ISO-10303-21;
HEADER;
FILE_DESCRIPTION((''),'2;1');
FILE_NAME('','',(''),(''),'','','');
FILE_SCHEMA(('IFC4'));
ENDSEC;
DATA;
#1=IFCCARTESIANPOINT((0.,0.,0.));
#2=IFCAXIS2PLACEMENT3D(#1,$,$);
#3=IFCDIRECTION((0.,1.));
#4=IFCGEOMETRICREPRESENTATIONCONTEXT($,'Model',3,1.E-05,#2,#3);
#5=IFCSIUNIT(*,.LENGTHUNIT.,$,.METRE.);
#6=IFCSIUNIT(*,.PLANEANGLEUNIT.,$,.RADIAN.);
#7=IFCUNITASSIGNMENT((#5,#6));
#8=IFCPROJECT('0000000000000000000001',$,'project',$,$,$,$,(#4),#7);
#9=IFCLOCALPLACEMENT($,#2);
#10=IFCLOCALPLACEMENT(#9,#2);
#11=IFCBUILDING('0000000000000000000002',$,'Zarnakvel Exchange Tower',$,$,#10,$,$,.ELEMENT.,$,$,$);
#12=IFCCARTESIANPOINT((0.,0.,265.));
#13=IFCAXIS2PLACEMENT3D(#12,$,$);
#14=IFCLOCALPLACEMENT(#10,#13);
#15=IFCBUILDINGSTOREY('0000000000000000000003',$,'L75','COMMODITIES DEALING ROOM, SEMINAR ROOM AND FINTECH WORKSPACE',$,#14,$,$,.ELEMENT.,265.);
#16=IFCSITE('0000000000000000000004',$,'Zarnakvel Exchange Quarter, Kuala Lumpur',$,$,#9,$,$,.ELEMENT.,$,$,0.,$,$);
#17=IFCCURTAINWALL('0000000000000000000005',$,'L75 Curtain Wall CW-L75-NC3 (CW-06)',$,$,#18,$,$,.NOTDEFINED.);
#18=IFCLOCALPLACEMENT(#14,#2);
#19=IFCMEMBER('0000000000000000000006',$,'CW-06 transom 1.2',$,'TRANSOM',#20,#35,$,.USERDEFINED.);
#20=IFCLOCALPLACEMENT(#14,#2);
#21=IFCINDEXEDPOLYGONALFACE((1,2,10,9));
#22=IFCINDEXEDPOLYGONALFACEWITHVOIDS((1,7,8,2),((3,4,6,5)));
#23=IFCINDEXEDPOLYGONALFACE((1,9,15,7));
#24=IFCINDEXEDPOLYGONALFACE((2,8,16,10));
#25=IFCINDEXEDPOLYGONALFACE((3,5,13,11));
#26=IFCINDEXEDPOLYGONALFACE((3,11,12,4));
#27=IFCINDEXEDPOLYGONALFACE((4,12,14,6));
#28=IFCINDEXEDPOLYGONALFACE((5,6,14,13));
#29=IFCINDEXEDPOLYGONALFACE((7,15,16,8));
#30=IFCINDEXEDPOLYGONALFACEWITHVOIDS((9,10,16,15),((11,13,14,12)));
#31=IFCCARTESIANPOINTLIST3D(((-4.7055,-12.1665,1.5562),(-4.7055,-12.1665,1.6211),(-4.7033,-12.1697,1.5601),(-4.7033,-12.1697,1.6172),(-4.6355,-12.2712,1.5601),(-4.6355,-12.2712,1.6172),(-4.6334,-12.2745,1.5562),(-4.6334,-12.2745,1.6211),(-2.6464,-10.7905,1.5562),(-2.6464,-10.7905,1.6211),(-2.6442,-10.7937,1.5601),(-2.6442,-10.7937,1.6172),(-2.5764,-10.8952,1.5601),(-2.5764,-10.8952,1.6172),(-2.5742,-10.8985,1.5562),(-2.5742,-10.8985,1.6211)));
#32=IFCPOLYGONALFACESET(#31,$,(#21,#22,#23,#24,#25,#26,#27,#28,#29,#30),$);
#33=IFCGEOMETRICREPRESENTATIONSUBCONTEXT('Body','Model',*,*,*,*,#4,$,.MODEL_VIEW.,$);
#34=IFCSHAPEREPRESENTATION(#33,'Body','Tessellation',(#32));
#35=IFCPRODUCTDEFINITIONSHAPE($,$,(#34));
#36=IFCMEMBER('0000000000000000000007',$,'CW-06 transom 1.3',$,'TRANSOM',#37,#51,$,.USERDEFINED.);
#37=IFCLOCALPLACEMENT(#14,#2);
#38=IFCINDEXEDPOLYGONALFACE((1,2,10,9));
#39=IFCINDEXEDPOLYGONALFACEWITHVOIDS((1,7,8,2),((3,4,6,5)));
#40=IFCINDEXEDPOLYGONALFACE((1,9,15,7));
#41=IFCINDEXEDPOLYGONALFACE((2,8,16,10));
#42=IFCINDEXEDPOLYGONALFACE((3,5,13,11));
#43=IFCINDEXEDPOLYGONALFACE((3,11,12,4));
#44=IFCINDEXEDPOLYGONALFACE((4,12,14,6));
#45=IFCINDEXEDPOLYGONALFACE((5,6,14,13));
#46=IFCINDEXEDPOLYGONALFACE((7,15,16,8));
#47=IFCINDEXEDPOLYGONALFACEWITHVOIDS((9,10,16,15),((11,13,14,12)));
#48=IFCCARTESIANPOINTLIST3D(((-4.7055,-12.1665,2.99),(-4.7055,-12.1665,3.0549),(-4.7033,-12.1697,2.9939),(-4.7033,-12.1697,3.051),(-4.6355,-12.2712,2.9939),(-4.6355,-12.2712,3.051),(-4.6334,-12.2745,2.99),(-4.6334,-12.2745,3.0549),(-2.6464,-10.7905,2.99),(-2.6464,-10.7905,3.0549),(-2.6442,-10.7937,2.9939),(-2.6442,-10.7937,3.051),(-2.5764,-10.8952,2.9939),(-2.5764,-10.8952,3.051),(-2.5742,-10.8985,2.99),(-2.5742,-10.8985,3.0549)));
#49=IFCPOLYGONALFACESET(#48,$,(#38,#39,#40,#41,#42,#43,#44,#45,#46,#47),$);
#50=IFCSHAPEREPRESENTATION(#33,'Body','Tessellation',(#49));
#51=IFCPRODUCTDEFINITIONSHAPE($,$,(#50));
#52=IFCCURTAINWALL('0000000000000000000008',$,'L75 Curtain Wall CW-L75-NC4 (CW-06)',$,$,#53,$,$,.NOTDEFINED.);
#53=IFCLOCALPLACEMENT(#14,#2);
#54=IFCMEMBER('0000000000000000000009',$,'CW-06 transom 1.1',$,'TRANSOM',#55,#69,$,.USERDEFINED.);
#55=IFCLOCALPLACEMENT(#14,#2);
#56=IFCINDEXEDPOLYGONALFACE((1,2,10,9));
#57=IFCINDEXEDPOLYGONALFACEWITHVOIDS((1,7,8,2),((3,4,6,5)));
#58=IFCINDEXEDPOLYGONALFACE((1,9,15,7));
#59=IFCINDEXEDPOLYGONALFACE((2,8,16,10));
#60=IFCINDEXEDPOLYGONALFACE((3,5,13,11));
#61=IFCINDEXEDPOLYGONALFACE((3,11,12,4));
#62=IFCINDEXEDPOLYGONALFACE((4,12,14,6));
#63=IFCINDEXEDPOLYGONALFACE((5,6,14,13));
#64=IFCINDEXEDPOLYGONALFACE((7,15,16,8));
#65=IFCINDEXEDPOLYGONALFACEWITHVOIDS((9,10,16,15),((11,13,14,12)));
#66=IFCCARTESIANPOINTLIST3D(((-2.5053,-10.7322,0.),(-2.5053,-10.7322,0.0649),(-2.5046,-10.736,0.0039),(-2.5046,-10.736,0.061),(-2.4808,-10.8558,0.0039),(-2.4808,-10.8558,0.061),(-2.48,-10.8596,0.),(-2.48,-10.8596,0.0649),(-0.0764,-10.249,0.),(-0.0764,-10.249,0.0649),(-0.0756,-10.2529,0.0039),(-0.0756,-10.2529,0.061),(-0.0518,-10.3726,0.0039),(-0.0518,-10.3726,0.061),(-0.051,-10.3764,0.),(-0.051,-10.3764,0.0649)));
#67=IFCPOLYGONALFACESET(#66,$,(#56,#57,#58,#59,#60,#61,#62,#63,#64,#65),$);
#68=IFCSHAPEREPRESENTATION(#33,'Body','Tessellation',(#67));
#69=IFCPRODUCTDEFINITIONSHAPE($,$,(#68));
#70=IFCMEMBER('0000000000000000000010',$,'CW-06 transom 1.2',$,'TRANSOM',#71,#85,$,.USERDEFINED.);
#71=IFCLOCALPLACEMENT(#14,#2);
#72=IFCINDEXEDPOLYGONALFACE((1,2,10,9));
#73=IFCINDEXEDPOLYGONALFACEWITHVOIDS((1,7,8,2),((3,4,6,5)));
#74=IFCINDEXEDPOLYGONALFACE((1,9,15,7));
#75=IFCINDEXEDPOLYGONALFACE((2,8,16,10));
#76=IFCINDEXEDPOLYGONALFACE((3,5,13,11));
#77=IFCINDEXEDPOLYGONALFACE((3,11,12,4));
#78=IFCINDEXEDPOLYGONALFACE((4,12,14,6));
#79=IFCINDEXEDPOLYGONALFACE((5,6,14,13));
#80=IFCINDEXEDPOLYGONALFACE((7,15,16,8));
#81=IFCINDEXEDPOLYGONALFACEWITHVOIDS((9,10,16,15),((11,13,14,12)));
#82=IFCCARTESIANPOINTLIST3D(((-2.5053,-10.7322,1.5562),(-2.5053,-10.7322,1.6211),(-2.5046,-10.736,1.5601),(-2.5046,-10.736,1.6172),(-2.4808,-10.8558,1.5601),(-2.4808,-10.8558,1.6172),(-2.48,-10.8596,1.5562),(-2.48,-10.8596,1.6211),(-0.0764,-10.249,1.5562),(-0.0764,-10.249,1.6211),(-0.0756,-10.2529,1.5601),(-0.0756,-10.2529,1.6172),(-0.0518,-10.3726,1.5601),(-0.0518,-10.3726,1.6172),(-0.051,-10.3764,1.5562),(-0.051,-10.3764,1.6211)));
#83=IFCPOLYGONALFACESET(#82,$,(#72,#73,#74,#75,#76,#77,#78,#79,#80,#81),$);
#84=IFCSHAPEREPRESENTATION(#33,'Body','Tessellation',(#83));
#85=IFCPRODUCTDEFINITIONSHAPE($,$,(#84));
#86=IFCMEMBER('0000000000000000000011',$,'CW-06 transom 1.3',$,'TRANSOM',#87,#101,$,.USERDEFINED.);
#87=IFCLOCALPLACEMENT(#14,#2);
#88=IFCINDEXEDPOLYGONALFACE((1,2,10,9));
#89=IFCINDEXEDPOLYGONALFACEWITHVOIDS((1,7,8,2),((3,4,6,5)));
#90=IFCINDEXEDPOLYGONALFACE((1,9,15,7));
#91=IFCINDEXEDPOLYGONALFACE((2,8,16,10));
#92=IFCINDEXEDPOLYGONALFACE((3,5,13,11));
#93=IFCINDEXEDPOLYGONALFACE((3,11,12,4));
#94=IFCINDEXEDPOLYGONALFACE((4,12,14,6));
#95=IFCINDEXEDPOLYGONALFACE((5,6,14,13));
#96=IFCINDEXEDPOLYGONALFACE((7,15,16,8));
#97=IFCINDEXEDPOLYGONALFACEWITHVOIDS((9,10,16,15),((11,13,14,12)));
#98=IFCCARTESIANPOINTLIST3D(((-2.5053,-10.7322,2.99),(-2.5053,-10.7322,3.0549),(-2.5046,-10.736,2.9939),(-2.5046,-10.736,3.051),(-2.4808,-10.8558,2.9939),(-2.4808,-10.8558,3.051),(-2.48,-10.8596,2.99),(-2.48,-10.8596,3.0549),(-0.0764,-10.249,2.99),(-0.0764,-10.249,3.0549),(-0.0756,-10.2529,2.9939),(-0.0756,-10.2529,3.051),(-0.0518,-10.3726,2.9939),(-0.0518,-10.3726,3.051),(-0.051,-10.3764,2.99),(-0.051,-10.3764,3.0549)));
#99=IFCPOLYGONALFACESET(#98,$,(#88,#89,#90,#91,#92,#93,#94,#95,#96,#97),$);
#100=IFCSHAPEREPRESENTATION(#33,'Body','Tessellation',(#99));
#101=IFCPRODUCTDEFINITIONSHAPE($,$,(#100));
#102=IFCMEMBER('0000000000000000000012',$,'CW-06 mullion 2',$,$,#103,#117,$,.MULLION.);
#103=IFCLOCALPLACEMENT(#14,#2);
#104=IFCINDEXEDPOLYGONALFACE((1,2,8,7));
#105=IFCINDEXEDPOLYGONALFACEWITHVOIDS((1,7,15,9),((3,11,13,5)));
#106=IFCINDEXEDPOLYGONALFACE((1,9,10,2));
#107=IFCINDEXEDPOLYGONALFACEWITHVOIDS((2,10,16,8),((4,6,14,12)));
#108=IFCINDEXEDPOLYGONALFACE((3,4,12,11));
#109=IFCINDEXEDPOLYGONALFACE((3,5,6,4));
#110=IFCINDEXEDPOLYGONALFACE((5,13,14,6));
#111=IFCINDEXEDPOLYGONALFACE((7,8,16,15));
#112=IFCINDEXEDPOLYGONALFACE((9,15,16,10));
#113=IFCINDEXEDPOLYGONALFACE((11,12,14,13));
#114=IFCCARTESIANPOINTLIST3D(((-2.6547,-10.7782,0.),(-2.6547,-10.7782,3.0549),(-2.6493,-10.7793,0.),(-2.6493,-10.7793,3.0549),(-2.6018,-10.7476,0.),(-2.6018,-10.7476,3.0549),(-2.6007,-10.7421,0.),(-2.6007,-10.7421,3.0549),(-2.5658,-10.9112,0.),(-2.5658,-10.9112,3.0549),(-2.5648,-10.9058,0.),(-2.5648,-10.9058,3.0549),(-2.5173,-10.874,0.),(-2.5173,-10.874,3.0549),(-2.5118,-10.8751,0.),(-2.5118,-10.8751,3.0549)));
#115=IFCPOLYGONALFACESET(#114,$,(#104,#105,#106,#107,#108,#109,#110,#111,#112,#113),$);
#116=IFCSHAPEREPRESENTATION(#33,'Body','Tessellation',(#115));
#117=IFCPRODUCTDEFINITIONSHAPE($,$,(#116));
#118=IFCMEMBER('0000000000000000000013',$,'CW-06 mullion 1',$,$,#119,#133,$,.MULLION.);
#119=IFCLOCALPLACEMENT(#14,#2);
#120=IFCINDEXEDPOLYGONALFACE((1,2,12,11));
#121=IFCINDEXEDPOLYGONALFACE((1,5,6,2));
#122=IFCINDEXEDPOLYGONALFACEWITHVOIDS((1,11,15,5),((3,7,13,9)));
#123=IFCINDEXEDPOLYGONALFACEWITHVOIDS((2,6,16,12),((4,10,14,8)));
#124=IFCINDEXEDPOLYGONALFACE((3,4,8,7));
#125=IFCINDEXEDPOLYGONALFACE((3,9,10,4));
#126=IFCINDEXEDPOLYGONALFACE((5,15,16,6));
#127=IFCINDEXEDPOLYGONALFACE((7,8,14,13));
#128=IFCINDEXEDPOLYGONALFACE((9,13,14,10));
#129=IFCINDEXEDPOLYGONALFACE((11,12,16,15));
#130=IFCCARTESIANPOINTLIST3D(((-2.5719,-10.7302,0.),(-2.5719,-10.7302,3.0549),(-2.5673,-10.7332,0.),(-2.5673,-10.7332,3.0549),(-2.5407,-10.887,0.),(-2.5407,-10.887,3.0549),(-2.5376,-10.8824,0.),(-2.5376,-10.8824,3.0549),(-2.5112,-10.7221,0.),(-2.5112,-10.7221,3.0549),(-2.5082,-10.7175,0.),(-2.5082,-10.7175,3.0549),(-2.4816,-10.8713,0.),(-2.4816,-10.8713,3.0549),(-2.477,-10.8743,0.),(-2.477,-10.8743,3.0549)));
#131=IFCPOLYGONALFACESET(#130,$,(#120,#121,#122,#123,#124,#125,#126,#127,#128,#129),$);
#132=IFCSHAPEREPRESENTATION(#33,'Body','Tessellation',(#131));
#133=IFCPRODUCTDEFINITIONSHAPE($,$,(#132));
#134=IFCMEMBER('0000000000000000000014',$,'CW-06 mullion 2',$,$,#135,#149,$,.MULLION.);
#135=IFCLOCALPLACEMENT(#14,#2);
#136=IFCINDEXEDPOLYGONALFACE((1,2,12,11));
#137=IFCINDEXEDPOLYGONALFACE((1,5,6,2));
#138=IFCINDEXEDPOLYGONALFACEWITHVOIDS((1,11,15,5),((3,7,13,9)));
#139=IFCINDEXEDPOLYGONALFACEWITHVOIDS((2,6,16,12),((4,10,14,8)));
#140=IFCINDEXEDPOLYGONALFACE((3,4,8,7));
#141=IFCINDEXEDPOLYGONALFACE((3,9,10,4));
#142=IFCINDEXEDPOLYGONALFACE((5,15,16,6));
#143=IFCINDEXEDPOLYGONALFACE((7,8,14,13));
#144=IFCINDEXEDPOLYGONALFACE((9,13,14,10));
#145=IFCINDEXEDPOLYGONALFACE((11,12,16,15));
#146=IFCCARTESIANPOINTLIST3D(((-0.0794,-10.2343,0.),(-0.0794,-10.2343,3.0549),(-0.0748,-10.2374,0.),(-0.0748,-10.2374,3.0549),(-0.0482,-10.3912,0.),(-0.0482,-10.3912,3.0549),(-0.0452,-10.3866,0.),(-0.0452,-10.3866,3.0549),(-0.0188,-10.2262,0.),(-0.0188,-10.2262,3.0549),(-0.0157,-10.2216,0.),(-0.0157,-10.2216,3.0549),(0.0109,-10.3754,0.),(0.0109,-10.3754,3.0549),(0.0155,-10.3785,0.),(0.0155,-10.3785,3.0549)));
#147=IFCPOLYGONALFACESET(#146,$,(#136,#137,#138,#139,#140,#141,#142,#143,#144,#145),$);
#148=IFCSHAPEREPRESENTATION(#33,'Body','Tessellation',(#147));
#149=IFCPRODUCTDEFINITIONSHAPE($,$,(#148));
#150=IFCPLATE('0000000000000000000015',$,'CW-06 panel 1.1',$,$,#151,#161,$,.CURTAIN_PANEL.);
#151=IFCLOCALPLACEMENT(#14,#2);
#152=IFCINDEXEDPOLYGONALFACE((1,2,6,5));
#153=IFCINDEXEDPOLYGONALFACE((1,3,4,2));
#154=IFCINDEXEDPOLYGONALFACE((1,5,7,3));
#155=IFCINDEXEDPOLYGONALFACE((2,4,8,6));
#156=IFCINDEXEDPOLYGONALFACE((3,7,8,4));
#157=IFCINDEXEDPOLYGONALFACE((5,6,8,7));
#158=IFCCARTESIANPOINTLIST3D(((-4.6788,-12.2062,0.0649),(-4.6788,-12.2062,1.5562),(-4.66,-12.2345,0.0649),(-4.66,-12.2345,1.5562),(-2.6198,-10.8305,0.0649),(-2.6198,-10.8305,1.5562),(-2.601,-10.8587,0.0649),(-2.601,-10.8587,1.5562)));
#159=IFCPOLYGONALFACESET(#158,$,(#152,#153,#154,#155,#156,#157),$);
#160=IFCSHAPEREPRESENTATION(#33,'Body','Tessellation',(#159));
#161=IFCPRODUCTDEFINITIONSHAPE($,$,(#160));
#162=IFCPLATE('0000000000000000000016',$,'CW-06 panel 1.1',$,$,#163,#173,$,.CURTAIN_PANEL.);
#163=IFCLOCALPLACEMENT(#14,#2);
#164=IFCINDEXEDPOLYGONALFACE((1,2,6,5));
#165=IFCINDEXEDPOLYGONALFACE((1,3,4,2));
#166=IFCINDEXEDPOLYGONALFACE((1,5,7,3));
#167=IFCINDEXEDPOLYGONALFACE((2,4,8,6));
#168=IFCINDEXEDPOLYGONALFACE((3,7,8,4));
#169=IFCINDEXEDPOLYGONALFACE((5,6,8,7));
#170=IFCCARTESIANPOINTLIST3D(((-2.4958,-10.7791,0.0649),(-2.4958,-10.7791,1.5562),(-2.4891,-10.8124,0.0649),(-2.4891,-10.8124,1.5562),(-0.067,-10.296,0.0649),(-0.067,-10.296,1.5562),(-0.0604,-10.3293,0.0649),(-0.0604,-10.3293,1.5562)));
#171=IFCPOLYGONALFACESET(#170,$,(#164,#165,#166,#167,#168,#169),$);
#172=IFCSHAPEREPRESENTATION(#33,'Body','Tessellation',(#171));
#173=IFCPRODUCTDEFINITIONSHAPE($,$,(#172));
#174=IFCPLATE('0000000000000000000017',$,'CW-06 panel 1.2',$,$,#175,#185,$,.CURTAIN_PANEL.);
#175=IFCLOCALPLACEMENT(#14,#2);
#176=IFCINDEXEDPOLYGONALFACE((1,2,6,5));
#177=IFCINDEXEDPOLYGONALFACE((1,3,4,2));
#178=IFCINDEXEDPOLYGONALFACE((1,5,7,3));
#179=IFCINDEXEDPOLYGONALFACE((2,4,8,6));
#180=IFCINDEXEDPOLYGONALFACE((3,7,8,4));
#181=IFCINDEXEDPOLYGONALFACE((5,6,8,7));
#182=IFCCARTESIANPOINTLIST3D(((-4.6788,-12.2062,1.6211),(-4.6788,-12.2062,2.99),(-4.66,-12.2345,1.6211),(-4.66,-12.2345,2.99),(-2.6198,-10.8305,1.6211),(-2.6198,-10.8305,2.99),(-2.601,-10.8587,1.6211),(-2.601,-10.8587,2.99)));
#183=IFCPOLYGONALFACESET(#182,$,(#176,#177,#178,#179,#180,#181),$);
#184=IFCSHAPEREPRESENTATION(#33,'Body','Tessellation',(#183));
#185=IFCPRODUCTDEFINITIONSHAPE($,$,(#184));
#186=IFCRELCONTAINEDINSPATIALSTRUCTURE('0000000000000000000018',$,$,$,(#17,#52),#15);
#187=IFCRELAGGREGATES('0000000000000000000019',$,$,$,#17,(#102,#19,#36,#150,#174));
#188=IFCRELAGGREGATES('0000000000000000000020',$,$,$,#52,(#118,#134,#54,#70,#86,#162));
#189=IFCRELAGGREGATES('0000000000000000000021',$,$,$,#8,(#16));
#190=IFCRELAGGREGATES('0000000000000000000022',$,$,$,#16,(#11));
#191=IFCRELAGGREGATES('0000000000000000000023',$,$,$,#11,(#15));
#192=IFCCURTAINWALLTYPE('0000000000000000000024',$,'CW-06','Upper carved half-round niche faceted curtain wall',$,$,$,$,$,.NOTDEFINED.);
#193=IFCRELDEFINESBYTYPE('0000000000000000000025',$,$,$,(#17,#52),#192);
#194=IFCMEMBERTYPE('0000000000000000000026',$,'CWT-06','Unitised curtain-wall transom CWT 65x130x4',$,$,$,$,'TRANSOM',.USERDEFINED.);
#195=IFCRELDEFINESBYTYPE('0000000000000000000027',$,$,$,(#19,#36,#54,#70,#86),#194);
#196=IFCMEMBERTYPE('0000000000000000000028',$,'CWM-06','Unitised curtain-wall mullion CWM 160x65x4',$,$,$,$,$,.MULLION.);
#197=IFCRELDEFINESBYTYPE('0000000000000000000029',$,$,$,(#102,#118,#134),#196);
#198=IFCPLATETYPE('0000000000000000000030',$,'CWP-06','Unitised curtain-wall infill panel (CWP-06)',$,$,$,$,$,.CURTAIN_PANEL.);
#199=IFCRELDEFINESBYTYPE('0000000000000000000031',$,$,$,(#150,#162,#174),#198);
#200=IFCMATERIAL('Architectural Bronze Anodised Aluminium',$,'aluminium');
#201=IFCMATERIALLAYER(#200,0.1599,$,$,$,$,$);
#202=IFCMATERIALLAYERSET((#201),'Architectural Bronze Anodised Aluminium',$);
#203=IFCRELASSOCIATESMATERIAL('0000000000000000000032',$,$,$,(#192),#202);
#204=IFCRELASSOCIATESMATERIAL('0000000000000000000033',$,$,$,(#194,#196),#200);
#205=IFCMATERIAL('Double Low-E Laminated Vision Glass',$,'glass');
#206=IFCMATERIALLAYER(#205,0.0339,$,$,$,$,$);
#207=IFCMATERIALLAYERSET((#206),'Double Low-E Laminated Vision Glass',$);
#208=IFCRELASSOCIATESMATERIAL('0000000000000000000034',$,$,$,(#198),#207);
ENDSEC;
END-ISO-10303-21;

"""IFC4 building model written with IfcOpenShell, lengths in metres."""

from ifc_helpers import new_model, si_unit, direction, frame, origin, origin_2d, place, context, subcontext, project, spatial, rectangle, hollow_rectangle, extrude, source, transform, mapped, material, layer, layer_set, material_profile, profile_set, type_object, element, aggregate, save


model = new_model("IFC4")

# Units and contexts
model_context = context("Model", 3, precision=1e-05, world=origin(), true_north=direction((0.0, 1.0)))
body_context = subcontext(model_context, "Body", "Model", "MODEL_VIEW")
ifc_project = project(units=[si_unit("LENGTHUNIT", "METRE"), si_unit("PLANEANGLEUNIT", "RADIAN")], contexts=[model_context])

# Site, building, storey
site_placement = place(None, origin())
site = spatial("IfcSite", under=ifc_project, at=site_placement, Name="Zarnakvel Exchange Quarter, Kuala Lumpur", CompositionType="ELEMENT", RefElevation=0.0)
building_placement = place(site_placement, origin())
building = spatial("IfcBuilding", under=site, at=building_placement, Name="Zarnakvel Exchange Tower", CompositionType="ELEMENT")
storey_placement = place(building_placement, frame((0.0, 0.0, 265.0)))
storey = spatial("IfcBuildingStorey", under=building, at=storey_placement, Name="L75", Description="COMMODITIES DEALING ROOM, SEMINAR ROOM AND FINTECH WORKSPACE", CompositionType="ELEMENT", Elevation=265.0)

# Curtain walls, members
ifc_material_1 = material(Name="Architectural Bronze Anodised Aluminium", Category="aluminium")
ifc_layer_1 = layer(ifc_material_1, 0.1599)
ifc_layer_set_1 = layer_set([ifc_layer_1], Name="Architectural Bronze Anodised Aluminium")
curtain_wall_type = type_object("IfcCurtainWallType", Name="CW-06", Description="Upper carved half-round niche faceted curtain wall", PredefinedType="NOTDEFINED", material=ifc_layer_set_1)
curtain_wall_1_placement = place(storey_placement, origin())
curtain_wall_1 = element("IfcCurtainWall", 1, at=curtain_wall_1_placement, inside=storey, type_object=curtain_wall_type, Name="L75 Curtain Wall CW-L75-NC3 (CW-06)", PredefinedType="NOTDEFINED")
ifc_material_profile_1 = material_profile(ifc_material_1, hollow_rectangle(XDim=0.1299, YDim=0.0649, WallThickness=0.0039, at=origin_2d()))
ifc_profile_set_1 = profile_set([ifc_material_profile_1], Name="Architectural Bronze Anodised Aluminium")
member_type_1 = type_object("IfcMemberType", Name="CWT-06", Description="Unitised curtain-wall transom CWT 65x130x4", ElementType="TRANSOM", PredefinedType="USERDEFINED", material=ifc_profile_set_1)
shared_shape_1 = source(origin(), body_context, "Body", "SweptSolid", [
    extrude(hollow_rectangle(XDim=0.1299, YDim=0.0649, WallThickness=0.0039, at=origin_2d()), origin(), (0.0, 0.0, 1.0), 2.4766),
])
member_1_placement = place(storey_placement, frame((-4.6694, -12.2205, 1.5886), z_axis=(0.831443, 0.55561, 0.0), x_axis=(-0.55561, 0.831443, 0.0)))
member_1 = element("IfcMember", 2, at=member_1_placement, type_object=member_type_1, Name="CW-06 transom 1.2", ObjectType="TRANSOM", PredefinedType="USERDEFINED", context=body_context, shape_type="MappedRepresentation", body=[
    mapped(shared_shape_1, transform((0.0, 0.0, 0.0), x_axis=(1.0, 0.0, 0.0), y_axis=(0.0, 1.0, 0.0), z_axis=(0.0, 0.0, 1.0), scale=1.0)),
])
member_2_placement = place(storey_placement, frame((-4.6694, -12.2205, 3.0225), z_axis=(0.831443, 0.55561, 0.0), x_axis=(-0.55561, 0.831443, 0.0)))
member_2 = element("IfcMember", 3, at=member_2_placement, type_object=member_type_1, Name="CW-06 transom 1.3", ObjectType="TRANSOM", PredefinedType="USERDEFINED", context=body_context, shape_type="MappedRepresentation", body=[
    mapped(shared_shape_1, transform((0.0, 0.0, 0.0), x_axis=(1.0, 0.0, 0.0), y_axis=(0.0, 1.0, 0.0), z_axis=(0.0, 0.0, 1.0), scale=1.0)),
])
curtain_wall_2_placement = place(storey_placement, origin())
curtain_wall_2 = element("IfcCurtainWall", 4, at=curtain_wall_2_placement, inside=storey, type_object=curtain_wall_type, Name="L75 Curtain Wall CW-L75-NC4 (CW-06)", PredefinedType="NOTDEFINED")
member_3_placement = place(storey_placement, frame((-2.4927, -10.7959, 0.0325), z_axis=(0.980785, 0.195092, 0.0), x_axis=(-0.195092, 0.980785, 0.0)))
member_3 = element("IfcMember", 5, at=member_3_placement, type_object=member_type_1, Name="CW-06 transom 1.1", ObjectType="TRANSOM", PredefinedType="USERDEFINED", context=body_context, shape_type="MappedRepresentation", body=[
    mapped(shared_shape_1, transform((0.0, 0.0, 0.0), x_axis=(1.0, 0.0, 0.0), y_axis=(0.0, 1.0, 0.0), z_axis=(0.0, 0.0, 1.0), scale=1.0)),
])
member_4_placement = place(storey_placement, frame((-2.4927, -10.7959, 1.5886), z_axis=(0.980785, 0.195092, 0.0), x_axis=(-0.195092, 0.980785, 0.0)))
member_4 = element("IfcMember", 6, at=member_4_placement, type_object=member_type_1, Name="CW-06 transom 1.2", ObjectType="TRANSOM", PredefinedType="USERDEFINED", context=body_context, shape_type="MappedRepresentation", body=[
    mapped(shared_shape_1, transform((0.0, 0.0, 0.0), x_axis=(1.0, 0.0, 0.0), y_axis=(0.0, 1.0, 0.0), z_axis=(0.0, 0.0, 1.0), scale=1.0)),
])
member_5_placement = place(storey_placement, frame((-2.4927, -10.7959, 3.0225), z_axis=(0.980785, 0.195092, 0.0), x_axis=(-0.195092, 0.980785, 0.0)))
member_5 = element("IfcMember", 7, at=member_5_placement, type_object=member_type_1, Name="CW-06 transom 1.3", ObjectType="TRANSOM", PredefinedType="USERDEFINED", context=body_context, shape_type="MappedRepresentation", body=[
    mapped(shared_shape_1, transform((0.0, 0.0, 0.0), x_axis=(1.0, 0.0, 0.0), y_axis=(0.0, 1.0, 0.0), z_axis=(0.0, 0.0, 1.0), scale=1.0)),
])

# Members
ifc_material_profile_2 = material_profile(ifc_material_1, hollow_rectangle(XDim=0.1599, YDim=0.0649, WallThickness=0.0039, at=origin_2d()))
ifc_profile_set_2 = profile_set([ifc_material_profile_2], Name="Architectural Bronze Anodised Aluminium")
member_type_2 = type_object("IfcMemberType", Name="CWM-06", Description="Unitised curtain-wall mullion CWM 160x65x4", PredefinedType="MULLION", material=ifc_profile_set_2)
shared_shape_2 = source(origin(), body_context, "Body", "SweptSolid", [
    extrude(hollow_rectangle(XDim=0.1599, YDim=0.0649, WallThickness=0.0039, at=origin_2d()), origin(), (0.0, 0.0, 1.0), 3.0549),
])
member_6_placement = place(storey_placement, frame((-2.5833, -10.8267, 0.0), z_axis=(0.0, 0.0, 1.0), x_axis=(-0.55557, 0.83147, 0.0)))
member_6 = element("IfcMember", 8, at=member_6_placement, type_object=member_type_2, Name="CW-06 mullion 2", PredefinedType="MULLION", context=body_context, shape_type="MappedRepresentation", body=[
    mapped(shared_shape_2, transform((0.0, 0.0, 0.0), x_axis=(1.0, 0.0, 0.0), y_axis=(0.0, 1.0, 0.0), z_axis=(0.0, 0.0, 1.0), scale=1.0)),
])
member_7_placement = place(storey_placement, frame((-2.5244, -10.8022, 0.0), z_axis=(0.0, 0.0, 1.0), x_axis=(-0.19509, 0.980785, 0.0)))
member_7 = element("IfcMember", 9, at=member_7_placement, type_object=member_type_2, Name="CW-06 mullion 1", PredefinedType="MULLION", context=body_context, shape_type="MappedRepresentation", body=[
    mapped(shared_shape_2, transform((0.0, 0.0, 0.0), x_axis=(1.0, 0.0, 0.0), y_axis=(0.0, 1.0, 0.0), z_axis=(0.0, 0.0, 1.0), scale=1.0)),
])
member_8_placement = place(storey_placement, frame((-0.032, -10.3064, 0.0), z_axis=(0.0, 0.0, 1.0), x_axis=(-0.19509, 0.980785, 0.0)))
member_8 = element("IfcMember", 10, at=member_8_placement, type_object=member_type_2, Name="CW-06 mullion 2", PredefinedType="MULLION", context=body_context, shape_type="MappedRepresentation", body=[
    mapped(shared_shape_2, transform((0.0, 0.0, 0.0), x_axis=(1.0, 0.0, 0.0), y_axis=(0.0, 1.0, 0.0), z_axis=(0.0, 0.0, 1.0), scale=1.0)),
])

# Plates
ifc_material_2 = material(Name="Double Low-E Laminated Vision Glass", Category="glass")
ifc_layer_2 = layer(ifc_material_2, 0.0339)
ifc_layer_set_2 = layer_set([ifc_layer_2], Name="Double Low-E Laminated Vision Glass")
plate_type = type_object("IfcPlateType", Name="CWP-06", Description="Unitised curtain-wall infill panel (CWP-06)", PredefinedType="CURTAIN_PANEL", material=ifc_layer_set_2)
shared_shape_3 = source(origin(), body_context, "Body", "SweptSolid", [
    extrude(rectangle(XDim=2.4763, YDim=0.0339, at=origin_2d()), origin(), (0.0, 0.0, 1.0), 1.4912),
])
plate_1_placement = place(storey_placement, frame((-3.6399, -11.5325, 0.0649), z_axis=(0.0, 0.0, 1.0), x_axis=(0.83147, 0.55557, 0.0)))
plate_1 = element("IfcPlate", 11, at=plate_1_placement, type_object=plate_type, Name="CW-06 panel 1.1", PredefinedType="CURTAIN_PANEL", context=body_context, shape_type="MappedRepresentation", body=[
    mapped(shared_shape_3, transform((0.0, 0.0, 0.0), x_axis=(1.0, 0.0, 0.0), y_axis=(0.0, 1.0, 0.0), z_axis=(0.0, 0.0, 1.0), scale=1.0)),
])
plate_2_placement = place(storey_placement, frame((-1.2781, -10.5542, 0.0649), z_axis=(0.0, 0.0, 1.0), x_axis=(0.980785, 0.19509, 0.0)))
plate_2 = element("IfcPlate", 12, at=plate_2_placement, type_object=plate_type, Name="CW-06 panel 1.1", PredefinedType="CURTAIN_PANEL", context=body_context, shape_type="MappedRepresentation", body=[
    mapped(shared_shape_3, transform((0.0, 0.0, 0.0), x_axis=(1.0, 0.0, 0.0), y_axis=(0.0, 1.0, 0.0), z_axis=(0.0, 0.0, 1.0), scale=1.0)),
])
shared_shape_4 = source(origin(), body_context, "Body", "SweptSolid", [
    extrude(rectangle(XDim=2.4763, YDim=0.0339, at=origin_2d()), origin(), (0.0, 0.0, 1.0), 1.3689),
])
plate_3_placement = place(storey_placement, frame((-3.6399, -11.5325, 1.6211), z_axis=(0.0, 0.0, 1.0), x_axis=(0.83147, 0.55557, 0.0)))
plate_3 = element("IfcPlate", 13, at=plate_3_placement, type_object=plate_type, Name="CW-06 panel 1.2", PredefinedType="CURTAIN_PANEL", context=body_context, shape_type="MappedRepresentation", body=[
    mapped(shared_shape_4, transform((0.0, 0.0, 0.0), x_axis=(1.0, 0.0, 0.0), y_axis=(0.0, 1.0, 0.0), z_axis=(0.0, 0.0, 1.0), scale=1.0)),
])
aggregate(curtain_wall_1, [member_6, member_1, member_2, plate_1, plate_3])
aggregate(curtain_wall_2, [member_7, member_8, member_3, member_4, member_5, plate_2])

save(model, "model.ifc")
